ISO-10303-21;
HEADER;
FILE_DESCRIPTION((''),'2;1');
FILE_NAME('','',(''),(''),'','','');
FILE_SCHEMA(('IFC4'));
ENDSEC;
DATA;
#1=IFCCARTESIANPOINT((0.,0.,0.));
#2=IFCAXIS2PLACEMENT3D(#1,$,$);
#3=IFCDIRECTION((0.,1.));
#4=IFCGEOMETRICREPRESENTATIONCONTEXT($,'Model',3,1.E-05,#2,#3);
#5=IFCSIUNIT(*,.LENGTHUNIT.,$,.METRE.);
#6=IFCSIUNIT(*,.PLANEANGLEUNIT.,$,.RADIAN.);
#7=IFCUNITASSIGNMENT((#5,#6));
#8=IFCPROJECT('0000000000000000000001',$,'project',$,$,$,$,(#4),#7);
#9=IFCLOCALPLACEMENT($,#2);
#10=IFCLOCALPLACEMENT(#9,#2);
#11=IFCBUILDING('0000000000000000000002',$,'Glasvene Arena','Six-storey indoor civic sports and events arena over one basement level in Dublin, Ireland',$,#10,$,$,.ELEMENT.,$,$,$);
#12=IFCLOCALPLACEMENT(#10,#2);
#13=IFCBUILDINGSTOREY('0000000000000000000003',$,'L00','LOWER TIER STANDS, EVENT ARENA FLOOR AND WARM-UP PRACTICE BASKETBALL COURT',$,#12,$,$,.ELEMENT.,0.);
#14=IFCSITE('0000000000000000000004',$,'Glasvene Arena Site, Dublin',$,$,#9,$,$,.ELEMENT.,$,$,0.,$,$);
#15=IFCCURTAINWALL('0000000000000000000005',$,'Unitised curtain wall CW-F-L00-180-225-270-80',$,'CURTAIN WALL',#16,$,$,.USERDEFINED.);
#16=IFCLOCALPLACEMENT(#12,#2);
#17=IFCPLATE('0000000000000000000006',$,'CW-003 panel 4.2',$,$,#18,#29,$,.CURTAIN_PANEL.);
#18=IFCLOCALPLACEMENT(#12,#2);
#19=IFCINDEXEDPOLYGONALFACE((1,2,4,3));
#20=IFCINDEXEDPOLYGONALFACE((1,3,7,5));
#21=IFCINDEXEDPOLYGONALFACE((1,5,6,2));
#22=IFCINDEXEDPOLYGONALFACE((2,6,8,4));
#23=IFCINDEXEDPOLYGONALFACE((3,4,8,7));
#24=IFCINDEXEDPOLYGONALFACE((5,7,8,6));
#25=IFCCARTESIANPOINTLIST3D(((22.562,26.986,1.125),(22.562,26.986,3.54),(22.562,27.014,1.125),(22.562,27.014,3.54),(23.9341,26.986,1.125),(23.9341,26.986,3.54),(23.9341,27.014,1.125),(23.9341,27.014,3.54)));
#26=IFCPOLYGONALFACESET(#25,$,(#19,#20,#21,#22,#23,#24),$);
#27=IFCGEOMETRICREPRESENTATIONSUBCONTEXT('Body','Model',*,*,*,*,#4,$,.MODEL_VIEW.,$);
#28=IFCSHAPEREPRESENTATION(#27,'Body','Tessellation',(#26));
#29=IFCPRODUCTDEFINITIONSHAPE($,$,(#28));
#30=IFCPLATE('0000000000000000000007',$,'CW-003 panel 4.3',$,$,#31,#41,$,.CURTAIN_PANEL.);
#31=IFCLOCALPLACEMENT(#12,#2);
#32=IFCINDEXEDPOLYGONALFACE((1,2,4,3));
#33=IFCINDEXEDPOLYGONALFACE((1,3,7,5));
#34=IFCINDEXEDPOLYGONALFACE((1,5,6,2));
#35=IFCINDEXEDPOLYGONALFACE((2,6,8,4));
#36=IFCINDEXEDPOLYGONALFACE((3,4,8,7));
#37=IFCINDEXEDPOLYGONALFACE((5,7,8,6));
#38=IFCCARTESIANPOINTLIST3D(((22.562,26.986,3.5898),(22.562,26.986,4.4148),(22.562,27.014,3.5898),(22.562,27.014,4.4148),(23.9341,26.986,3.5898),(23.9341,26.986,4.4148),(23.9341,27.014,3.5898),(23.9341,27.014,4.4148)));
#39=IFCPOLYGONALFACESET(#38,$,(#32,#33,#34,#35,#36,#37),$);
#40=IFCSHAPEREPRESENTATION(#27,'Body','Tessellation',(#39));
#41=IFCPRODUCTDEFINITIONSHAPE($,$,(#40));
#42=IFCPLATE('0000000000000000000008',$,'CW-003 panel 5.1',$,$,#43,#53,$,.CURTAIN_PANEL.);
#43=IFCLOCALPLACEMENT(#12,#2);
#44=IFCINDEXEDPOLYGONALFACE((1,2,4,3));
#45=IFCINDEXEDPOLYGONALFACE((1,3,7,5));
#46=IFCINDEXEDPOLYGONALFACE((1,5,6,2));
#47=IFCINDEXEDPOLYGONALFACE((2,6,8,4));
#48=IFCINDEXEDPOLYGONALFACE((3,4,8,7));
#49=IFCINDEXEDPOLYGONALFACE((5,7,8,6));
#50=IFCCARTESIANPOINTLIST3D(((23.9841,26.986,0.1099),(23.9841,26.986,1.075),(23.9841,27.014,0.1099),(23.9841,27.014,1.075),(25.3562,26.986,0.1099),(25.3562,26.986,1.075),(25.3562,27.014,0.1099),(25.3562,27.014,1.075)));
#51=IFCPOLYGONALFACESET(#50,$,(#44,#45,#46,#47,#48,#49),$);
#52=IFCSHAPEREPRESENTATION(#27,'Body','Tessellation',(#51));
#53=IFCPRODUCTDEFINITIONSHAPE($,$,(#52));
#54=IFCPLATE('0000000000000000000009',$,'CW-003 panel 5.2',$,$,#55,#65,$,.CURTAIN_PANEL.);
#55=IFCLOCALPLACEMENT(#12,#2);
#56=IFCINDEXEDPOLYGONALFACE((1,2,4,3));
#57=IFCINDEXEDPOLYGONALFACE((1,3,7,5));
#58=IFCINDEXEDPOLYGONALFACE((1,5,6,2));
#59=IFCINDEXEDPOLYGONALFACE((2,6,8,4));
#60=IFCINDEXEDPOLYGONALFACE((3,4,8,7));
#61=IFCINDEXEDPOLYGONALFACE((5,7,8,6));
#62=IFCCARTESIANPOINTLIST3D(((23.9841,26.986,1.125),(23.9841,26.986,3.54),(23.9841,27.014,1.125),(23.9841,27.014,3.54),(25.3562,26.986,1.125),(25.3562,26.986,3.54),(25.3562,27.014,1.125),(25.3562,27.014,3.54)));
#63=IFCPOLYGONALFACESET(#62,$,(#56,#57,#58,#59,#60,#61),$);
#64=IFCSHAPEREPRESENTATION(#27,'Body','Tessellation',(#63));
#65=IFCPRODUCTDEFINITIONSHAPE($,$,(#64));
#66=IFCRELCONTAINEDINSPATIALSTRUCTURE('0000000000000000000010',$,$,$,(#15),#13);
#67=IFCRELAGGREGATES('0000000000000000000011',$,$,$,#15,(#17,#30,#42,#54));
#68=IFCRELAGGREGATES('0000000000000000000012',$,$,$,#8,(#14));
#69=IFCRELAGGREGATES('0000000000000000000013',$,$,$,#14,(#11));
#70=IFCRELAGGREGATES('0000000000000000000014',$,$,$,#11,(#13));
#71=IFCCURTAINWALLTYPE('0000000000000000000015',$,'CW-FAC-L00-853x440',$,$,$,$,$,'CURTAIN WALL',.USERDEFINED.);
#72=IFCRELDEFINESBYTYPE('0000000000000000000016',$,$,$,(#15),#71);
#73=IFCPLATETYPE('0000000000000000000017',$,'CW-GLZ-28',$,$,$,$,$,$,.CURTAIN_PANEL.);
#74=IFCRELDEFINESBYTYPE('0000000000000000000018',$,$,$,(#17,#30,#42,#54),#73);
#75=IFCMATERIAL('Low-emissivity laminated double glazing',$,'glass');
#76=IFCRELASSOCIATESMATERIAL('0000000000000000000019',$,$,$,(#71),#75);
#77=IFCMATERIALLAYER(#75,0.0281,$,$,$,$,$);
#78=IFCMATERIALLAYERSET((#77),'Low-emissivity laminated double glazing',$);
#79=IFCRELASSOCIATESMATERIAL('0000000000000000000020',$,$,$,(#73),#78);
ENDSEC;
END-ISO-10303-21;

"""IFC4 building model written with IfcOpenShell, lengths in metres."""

from ifc_helpers import new_model, si_unit, direction, frame, origin, origin_2d, place, context, subcontext, project, spatial, rectangle, extrude, material, layer, layer_set, type_object, element, aggregate, save


model = new_model("IFC4")

# Units and contexts
model_context = context("Model", 3, precision=1e-05, world=origin(), true_north=direction((0.0, 1.0)))
body_context = subcontext(model_context, "Body", "Model", "MODEL_VIEW")
ifc_project = project(units=[si_unit("LENGTHUNIT", "METRE"), si_unit("PLANEANGLEUNIT", "RADIAN")], contexts=[model_context])

# Site, building, storey
site_placement = place(None, origin())
site = spatial("IfcSite", under=ifc_project, at=site_placement, Name="Glasvene Arena Site, Dublin", CompositionType="ELEMENT", RefElevation=0.0)
building_placement = place(site_placement, origin())
building = spatial("IfcBuilding", under=site, at=building_placement, Name="Glasvene Arena", Description="Six-storey indoor civic sports and events arena over one basement level in Dublin, Ireland", CompositionType="ELEMENT")
storey_placement = place(building_placement, origin())
storey = spatial("IfcBuildingStorey", under=building, at=storey_placement, Name="L00", Description="LOWER TIER STANDS, EVENT ARENA FLOOR AND WARM-UP PRACTICE BASKETBALL COURT", CompositionType="ELEMENT", Elevation=0.0)

# Curtain wall, plates
ifc_material_1 = material(Name="Low-emissivity laminated double glazing", Category="glass")
curtain_wall_type = type_object("IfcCurtainWallType", Name="CW-FAC-L00-853x440", ElementType="CURTAIN WALL", PredefinedType="USERDEFINED", material=ifc_material_1)
curtain_wall_placement = place(storey_placement, frame((18.2705, 27.0, 0.0)))
curtain_wall = element("IfcCurtainWall", 1, at=curtain_wall_placement, inside=storey, type_object=curtain_wall_type, Name="Unitised curtain wall CW-F-L00-180-225-270-80", ObjectType="CURTAIN WALL", PredefinedType="USERDEFINED")
ifc_layer = layer(ifc_material_1, 0.0281)
ifc_layer_set = layer_set([ifc_layer], Name="Low-emissivity laminated double glazing")
plate_type = type_object("IfcPlateType", Name="CW-GLZ-28", PredefinedType="CURTAIN_PANEL", material=ifc_layer_set)
plate_1_placement = place(storey_placement, frame((23.248, 27.0, 1.125), z_axis=(0.0, 0.0, 1.0), x_axis=(1.0, 0.0, 0.0)))
plate_1 = element("IfcPlate", 2, at=plate_1_placement, type_object=plate_type, Name="CW-003 panel 4.2", PredefinedType="CURTAIN_PANEL", context=body_context, shape_type="SweptSolid", body=[
    extrude(rectangle(XDim=1.3721, YDim=0.0281, at=origin_2d()), origin(), (0.0, 0.0, 1.0), 2.415),
])
plate_2_placement = place(storey_placement, frame((23.248, 27.0, 3.5898), z_axis=(0.0, 0.0, 1.0), x_axis=(1.0, 0.0, 0.0)))
plate_2 = element("IfcPlate", 3, at=plate_2_placement, type_object=plate_type, Name="CW-003 panel 4.3", PredefinedType="CURTAIN_PANEL", context=body_context, shape_type="SweptSolid", body=[
    extrude(rectangle(XDim=1.3721, YDim=0.0281, at=origin_2d()), origin(), (0.0, 0.0, 1.0), 0.825),
])
plate_3_placement = place(storey_placement, frame((24.6702, 27.0, 0.1099), z_axis=(0.0, 0.0, 1.0), x_axis=(1.0, 0.0, 0.0)))
plate_3 = element("IfcPlate", 4, at=plate_3_placement, type_object=plate_type, Name="CW-003 panel 5.1", PredefinedType="CURTAIN_PANEL", context=body_context, shape_type="SweptSolid", body=[
    extrude(rectangle(XDim=1.3721, YDim=0.0281, at=origin_2d()), origin(), (0.0, 0.0, 1.0), 0.9651),
])
plate_4_placement = place(storey_placement, frame((24.6702, 27.0, 1.125), z_axis=(0.0, 0.0, 1.0), x_axis=(1.0, 0.0, 0.0)))
plate_4 = element("IfcPlate", 5, at=plate_4_placement, type_object=plate_type, Name="CW-003 panel 5.2", PredefinedType="CURTAIN_PANEL", context=body_context, shape_type="SweptSolid", body=[
    extrude(rectangle(XDim=1.3721, YDim=0.0281, at=origin_2d()), origin(), (0.0, 0.0, 1.0), 2.415),
])
aggregate(curtain_wall, [plate_1, plate_2, plate_3, plate_4])

save(model, "model.ifc")
